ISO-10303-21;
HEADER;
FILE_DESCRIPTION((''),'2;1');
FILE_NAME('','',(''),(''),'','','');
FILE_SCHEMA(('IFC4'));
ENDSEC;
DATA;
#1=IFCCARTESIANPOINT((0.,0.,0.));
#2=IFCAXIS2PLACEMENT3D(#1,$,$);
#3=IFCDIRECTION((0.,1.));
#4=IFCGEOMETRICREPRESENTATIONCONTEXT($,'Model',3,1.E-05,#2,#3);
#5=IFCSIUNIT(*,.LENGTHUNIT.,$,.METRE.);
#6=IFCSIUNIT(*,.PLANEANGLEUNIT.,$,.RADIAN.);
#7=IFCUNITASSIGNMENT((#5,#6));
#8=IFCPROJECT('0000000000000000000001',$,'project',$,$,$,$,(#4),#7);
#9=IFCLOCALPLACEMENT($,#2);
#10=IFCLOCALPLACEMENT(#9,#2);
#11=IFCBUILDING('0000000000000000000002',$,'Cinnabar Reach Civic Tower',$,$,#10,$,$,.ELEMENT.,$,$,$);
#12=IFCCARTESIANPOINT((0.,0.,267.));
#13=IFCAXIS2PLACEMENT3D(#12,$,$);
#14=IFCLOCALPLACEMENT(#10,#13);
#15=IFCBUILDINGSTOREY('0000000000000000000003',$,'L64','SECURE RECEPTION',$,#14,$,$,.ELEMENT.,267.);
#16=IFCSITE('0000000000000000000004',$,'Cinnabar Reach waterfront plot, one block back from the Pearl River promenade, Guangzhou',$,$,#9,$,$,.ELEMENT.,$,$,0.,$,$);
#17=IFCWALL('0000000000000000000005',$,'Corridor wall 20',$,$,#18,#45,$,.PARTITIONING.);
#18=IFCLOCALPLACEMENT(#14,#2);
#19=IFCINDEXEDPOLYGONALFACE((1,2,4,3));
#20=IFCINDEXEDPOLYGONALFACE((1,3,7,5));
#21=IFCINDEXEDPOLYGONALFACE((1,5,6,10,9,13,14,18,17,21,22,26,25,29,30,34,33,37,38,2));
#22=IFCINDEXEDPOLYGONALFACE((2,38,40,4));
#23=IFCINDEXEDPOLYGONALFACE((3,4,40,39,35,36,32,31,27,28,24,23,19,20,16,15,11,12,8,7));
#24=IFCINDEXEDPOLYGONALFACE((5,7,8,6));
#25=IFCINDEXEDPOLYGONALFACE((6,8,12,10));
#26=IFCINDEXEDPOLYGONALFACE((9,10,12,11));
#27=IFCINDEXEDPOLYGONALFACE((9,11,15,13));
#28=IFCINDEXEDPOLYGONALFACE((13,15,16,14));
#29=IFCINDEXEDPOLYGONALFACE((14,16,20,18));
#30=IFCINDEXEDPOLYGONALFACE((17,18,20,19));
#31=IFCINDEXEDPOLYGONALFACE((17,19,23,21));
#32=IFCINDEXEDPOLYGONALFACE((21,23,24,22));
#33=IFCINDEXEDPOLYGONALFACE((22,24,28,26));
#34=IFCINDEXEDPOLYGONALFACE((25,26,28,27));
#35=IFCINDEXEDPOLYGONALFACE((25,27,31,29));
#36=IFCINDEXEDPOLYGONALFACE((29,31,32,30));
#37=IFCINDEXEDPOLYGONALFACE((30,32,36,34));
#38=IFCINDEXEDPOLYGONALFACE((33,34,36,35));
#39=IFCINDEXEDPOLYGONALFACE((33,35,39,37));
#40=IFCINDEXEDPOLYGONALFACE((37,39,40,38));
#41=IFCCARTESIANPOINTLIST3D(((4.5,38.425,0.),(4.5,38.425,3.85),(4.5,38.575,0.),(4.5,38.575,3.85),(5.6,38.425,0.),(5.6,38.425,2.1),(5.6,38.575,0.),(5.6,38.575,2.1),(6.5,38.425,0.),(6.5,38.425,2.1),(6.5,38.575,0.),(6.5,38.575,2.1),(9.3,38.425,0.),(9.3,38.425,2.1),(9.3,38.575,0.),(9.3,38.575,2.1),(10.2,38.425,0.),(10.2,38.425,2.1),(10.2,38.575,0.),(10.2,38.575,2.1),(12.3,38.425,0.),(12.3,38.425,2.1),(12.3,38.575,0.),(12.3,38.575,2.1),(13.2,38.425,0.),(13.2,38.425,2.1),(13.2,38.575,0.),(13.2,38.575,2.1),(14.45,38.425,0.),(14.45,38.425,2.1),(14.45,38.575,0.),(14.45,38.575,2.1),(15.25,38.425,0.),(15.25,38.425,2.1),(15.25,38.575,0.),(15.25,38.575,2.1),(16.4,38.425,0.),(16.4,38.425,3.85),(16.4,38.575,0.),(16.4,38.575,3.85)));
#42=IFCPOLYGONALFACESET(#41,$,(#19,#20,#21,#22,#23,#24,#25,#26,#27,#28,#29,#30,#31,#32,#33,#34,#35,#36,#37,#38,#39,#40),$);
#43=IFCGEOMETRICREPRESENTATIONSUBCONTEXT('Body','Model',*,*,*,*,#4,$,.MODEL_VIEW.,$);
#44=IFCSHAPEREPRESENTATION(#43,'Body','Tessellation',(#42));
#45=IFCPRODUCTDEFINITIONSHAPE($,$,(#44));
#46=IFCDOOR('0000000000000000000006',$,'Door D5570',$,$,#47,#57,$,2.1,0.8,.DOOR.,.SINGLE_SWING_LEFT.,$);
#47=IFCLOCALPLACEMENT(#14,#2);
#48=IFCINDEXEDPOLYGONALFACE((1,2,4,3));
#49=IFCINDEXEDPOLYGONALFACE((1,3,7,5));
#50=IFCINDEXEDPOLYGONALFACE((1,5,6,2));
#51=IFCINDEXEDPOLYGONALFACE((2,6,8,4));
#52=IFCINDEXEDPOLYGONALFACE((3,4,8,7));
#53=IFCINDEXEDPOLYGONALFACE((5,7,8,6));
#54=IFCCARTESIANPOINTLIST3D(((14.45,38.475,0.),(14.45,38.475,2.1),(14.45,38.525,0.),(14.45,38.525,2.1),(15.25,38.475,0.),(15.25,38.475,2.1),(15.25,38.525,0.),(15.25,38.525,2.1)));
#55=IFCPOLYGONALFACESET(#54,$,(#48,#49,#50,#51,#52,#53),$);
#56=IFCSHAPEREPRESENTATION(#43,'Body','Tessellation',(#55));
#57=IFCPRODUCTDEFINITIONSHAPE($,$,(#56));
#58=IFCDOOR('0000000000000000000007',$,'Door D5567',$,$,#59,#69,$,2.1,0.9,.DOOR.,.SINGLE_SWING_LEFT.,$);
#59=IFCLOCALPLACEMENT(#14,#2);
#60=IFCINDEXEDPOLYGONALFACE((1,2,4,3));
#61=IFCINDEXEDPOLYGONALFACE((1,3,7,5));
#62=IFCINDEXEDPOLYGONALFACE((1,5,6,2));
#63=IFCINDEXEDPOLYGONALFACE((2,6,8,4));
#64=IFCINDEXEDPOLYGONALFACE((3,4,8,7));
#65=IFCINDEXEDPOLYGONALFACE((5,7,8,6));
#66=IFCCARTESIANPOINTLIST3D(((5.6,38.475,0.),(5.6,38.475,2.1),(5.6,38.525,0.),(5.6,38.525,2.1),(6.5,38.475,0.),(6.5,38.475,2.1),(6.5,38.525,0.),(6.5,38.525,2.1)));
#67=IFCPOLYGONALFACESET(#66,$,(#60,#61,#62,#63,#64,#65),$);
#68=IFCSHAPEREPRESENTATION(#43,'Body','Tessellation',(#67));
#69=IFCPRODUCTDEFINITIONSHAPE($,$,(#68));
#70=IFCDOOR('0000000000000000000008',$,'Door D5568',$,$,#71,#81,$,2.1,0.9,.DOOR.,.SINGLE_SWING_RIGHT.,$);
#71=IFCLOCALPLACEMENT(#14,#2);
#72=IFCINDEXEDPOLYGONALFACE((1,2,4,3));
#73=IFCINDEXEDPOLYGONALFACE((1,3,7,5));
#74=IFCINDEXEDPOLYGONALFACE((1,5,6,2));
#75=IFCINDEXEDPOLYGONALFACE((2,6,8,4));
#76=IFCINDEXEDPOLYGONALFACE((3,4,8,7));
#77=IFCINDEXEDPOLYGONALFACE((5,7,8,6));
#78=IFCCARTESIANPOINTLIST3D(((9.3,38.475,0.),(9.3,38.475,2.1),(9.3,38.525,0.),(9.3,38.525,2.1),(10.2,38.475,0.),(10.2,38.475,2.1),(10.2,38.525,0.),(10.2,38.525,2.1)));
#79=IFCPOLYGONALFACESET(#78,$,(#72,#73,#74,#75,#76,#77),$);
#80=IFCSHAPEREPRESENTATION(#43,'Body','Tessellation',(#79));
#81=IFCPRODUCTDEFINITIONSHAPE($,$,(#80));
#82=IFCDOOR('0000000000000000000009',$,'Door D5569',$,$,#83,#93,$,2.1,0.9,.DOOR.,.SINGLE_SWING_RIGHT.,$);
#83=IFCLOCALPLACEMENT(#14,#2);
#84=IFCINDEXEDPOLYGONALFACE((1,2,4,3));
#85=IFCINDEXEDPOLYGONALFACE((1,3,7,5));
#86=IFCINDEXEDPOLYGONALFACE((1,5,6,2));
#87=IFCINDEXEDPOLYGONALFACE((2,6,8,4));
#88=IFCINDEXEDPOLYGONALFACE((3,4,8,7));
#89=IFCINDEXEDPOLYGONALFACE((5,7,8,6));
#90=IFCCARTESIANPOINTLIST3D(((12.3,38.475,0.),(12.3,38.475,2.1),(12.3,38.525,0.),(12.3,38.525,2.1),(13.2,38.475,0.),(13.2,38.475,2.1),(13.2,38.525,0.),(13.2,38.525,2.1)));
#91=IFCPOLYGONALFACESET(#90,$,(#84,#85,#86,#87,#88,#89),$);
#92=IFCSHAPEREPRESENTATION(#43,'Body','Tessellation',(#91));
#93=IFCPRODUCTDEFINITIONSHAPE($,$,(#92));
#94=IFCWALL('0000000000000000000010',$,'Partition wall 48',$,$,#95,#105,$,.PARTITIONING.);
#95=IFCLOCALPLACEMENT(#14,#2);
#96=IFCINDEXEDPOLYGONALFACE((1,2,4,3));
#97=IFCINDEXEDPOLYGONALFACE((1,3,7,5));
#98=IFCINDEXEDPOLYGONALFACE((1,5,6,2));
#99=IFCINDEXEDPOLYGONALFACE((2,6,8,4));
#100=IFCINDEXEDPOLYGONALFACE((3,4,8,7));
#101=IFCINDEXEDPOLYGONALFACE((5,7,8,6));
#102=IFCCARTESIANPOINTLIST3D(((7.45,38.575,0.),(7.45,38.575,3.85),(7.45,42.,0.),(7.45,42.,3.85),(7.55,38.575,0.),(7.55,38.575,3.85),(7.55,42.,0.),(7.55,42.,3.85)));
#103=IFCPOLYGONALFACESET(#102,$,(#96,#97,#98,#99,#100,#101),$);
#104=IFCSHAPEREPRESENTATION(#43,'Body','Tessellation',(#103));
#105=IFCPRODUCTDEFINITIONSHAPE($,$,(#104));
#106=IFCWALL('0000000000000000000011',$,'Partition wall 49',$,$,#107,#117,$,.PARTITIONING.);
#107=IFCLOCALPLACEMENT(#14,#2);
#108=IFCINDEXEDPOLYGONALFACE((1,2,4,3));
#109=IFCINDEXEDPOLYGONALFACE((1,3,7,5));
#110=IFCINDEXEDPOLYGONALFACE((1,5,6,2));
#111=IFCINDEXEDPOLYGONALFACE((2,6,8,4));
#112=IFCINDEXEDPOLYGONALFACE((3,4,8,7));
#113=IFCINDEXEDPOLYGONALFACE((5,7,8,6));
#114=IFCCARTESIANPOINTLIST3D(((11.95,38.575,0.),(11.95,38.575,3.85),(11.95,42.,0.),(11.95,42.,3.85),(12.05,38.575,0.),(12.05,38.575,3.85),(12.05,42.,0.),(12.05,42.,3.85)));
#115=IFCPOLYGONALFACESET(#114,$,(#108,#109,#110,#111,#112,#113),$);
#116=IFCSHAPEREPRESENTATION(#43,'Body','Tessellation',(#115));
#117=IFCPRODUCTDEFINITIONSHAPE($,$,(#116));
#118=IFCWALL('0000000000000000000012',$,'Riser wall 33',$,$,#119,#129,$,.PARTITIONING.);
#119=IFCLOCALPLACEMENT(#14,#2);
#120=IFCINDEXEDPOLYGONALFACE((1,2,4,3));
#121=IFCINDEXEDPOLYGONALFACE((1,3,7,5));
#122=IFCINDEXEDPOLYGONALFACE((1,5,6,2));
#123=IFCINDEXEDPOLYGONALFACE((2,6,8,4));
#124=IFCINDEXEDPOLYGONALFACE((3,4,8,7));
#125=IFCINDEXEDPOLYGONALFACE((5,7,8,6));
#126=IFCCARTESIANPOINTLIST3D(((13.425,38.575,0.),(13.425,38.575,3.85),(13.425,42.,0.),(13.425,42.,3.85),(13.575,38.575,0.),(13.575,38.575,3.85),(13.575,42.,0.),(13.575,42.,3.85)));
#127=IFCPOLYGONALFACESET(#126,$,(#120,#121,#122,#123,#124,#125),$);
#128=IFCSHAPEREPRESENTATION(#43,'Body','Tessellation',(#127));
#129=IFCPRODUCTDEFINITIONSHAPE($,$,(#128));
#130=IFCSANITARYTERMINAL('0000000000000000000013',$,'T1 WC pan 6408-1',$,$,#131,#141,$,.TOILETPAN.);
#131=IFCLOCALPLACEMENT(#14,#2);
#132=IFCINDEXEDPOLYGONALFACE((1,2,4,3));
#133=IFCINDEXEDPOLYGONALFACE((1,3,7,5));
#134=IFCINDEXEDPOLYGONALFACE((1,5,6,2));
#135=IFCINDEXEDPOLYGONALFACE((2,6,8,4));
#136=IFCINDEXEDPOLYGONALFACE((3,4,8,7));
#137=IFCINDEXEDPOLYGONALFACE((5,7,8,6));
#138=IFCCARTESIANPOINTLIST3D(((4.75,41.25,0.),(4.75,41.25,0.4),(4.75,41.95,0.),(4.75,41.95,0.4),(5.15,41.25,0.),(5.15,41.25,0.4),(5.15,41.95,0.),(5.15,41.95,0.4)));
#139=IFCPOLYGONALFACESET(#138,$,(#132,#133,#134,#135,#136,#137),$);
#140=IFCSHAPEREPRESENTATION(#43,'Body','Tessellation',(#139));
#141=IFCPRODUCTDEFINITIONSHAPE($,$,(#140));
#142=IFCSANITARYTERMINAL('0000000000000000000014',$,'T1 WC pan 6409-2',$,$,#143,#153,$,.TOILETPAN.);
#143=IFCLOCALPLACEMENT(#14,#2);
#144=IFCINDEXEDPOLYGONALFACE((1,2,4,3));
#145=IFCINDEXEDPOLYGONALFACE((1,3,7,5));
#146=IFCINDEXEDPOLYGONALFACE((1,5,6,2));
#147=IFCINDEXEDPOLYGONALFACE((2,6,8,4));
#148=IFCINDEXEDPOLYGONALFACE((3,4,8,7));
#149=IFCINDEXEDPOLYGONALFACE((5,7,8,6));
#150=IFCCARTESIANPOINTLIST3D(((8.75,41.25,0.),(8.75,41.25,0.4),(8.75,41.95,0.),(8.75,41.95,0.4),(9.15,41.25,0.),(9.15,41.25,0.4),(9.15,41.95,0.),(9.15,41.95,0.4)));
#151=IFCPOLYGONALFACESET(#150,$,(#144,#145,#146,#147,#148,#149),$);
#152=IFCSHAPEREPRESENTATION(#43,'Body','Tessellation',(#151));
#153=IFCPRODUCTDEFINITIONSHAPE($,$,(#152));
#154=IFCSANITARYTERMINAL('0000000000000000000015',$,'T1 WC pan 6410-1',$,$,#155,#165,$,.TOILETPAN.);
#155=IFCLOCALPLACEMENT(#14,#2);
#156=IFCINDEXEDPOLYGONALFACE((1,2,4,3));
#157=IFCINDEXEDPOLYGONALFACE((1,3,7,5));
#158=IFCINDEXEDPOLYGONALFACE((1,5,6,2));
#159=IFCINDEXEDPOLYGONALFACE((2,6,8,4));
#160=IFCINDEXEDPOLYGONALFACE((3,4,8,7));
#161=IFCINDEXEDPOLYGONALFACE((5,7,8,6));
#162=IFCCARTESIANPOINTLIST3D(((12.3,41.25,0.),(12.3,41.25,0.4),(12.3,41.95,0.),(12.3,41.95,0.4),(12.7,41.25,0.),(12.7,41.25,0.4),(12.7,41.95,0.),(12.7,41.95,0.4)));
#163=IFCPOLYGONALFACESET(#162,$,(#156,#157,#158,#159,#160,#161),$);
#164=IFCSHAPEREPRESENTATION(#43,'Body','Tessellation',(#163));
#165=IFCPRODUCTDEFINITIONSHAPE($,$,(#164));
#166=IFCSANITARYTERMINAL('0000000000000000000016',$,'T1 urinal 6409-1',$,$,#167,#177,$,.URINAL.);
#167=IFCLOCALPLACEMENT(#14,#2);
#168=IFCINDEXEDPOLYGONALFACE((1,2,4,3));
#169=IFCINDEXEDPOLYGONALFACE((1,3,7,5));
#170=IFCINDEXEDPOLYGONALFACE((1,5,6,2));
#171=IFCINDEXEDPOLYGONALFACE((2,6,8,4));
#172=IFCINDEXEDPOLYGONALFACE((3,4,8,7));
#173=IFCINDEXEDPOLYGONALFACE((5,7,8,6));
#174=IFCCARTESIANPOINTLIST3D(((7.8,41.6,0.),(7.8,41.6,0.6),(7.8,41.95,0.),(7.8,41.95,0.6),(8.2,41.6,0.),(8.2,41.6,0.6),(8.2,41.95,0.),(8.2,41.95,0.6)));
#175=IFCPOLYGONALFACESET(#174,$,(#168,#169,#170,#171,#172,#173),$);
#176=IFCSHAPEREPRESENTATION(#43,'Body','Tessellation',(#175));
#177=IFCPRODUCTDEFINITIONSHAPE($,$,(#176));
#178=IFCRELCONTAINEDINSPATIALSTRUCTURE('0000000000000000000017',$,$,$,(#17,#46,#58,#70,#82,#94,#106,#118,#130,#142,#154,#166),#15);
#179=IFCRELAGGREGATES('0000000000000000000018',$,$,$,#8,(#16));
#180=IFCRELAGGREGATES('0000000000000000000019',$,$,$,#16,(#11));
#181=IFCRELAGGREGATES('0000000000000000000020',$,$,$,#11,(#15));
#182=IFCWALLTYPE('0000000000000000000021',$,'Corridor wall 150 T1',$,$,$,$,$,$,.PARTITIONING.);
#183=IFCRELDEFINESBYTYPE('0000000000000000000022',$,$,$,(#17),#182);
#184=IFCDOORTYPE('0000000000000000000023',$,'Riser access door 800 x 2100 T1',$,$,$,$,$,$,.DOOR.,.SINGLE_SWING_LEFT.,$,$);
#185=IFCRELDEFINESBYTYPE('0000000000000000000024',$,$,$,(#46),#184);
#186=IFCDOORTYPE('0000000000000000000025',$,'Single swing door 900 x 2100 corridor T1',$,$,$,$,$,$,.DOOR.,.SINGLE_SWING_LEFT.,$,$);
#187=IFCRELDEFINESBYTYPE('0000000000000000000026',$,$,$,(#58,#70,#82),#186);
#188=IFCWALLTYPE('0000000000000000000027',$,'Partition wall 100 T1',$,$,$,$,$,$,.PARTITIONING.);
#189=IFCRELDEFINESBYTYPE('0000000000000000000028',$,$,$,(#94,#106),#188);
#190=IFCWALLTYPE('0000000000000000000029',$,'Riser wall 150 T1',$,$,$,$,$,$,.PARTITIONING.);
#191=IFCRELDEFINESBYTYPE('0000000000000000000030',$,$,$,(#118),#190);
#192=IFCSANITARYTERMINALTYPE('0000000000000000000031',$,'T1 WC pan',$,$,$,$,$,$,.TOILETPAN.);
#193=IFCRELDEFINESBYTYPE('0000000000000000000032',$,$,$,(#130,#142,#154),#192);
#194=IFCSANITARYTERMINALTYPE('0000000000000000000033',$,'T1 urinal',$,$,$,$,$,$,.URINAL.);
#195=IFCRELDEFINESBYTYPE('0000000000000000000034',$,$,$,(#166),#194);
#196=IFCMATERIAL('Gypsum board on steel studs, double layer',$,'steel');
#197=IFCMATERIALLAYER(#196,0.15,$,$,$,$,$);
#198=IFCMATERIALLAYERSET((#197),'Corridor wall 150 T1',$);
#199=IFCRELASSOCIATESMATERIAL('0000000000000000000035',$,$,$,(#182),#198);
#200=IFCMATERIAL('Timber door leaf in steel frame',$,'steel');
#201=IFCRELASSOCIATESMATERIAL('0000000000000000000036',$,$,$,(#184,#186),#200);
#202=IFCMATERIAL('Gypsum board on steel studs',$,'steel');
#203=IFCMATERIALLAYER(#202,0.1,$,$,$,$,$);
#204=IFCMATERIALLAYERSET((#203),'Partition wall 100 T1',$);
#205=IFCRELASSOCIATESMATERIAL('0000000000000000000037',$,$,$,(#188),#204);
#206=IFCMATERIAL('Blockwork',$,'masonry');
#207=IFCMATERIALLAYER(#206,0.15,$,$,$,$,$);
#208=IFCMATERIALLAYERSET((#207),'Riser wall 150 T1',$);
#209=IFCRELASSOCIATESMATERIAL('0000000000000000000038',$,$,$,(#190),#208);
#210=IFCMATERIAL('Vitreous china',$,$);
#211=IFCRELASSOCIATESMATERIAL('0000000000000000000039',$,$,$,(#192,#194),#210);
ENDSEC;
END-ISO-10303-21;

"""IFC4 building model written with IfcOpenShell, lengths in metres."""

from ifc_helpers import new_model, si_unit, direction, frame, frame_2d, origin, origin_2d, place, context, subcontext, project, spatial, rectangle, extrude, material, layer, layer_set, type_object, element, fill, save


model = new_model("IFC4")

# Units and contexts
model_context = context("Model", 3, precision=1e-05, world=origin(), true_north=direction((0.0, 1.0)))
body_context = subcontext(model_context, "Body", "Model", "MODEL_VIEW")
ifc_project = project(units=[si_unit("LENGTHUNIT", "METRE"), si_unit("PLANEANGLEUNIT", "RADIAN")], contexts=[model_context])

# Site, building, storey
site_placement = place(None, origin())
site = spatial("IfcSite", under=ifc_project, at=site_placement, Name="Cinnabar Reach waterfront plot, one block back from the Pearl River promenade, Guangzhou", CompositionType="ELEMENT", RefElevation=0.0)
building_placement = place(site_placement, origin())
building = spatial("IfcBuilding", under=site, at=building_placement, Name="Cinnabar Reach Civic Tower", CompositionType="ELEMENT")
storey_placement = place(building_placement, frame((0.0, 0.0, 267.0)))
storey = spatial("IfcBuildingStorey", under=building, at=storey_placement, Name="L64", Description="SECURE RECEPTION", CompositionType="ELEMENT", Elevation=267.0)

# Wall, openings, doors
ifc_material_1 = material(Name="Gypsum board on steel studs, double layer", Category="steel")
ifc_layer_1 = layer(ifc_material_1, 0.15)
ifc_layer_set_1 = layer_set([ifc_layer_1], Name="Corridor wall 150 T1")
wall_type_1 = type_object("IfcWallType", Name="Corridor wall 150 T1", PredefinedType="PARTITIONING", material=ifc_layer_set_1)
wall_1_placement = place(storey_placement, frame((4.5, 38.5, 0.0), z_axis=(0.0, 0.0, 1.0), x_axis=(1.0, 0.0, 0.0)))
wall_1 = element("IfcWall", 1, at=wall_1_placement, inside=storey, type_object=wall_type_1, Name="Corridor wall 20", PredefinedType="PARTITIONING", context=body_context, shape_type="SweptSolid", body=[
    extrude(rectangle(XDim=11.9, YDim=0.15, at=frame_2d((5.95, 0.0))), origin(), (0.0, 0.0, 1.0), 3.85),
])
opening_1_placement = place(wall_1_placement, frame((1.1, 0.0, 0.0)))
opening_1 = element("IfcOpeningElement", 2, at=opening_1_placement, cuts=wall_1, PredefinedType="OPENING", context=body_context, shape_type="SweptSolid", body=[
    extrude(rectangle(XDim=0.9, YDim=2.1, at=frame_2d((0.45, 1.05))), frame((0.0, 0.085, 0.0), z_axis=(0.0, -1.0, 0.0), x_axis=(1.0, 0.0, 0.0)), (0.0, 0.0, 1.0), 0.17),
])
opening_2_placement = place(wall_1_placement, frame((4.8, 0.0, 0.0)))
opening_2 = element("IfcOpeningElement", 3, at=opening_2_placement, cuts=wall_1, PredefinedType="OPENING", context=body_context, shape_type="SweptSolid", body=[
    extrude(rectangle(XDim=0.9, YDim=2.1, at=frame_2d((0.45, 1.05))), frame((0.0, 0.085, 0.0), z_axis=(0.0, -1.0, 0.0), x_axis=(1.0, 0.0, 0.0)), (0.0, 0.0, 1.0), 0.17),
])
opening_3_placement = place(wall_1_placement, frame((7.8, 0.0, 0.0)))
opening_3 = element("IfcOpeningElement", 4, at=opening_3_placement, cuts=wall_1, PredefinedType="OPENING", context=body_context, shape_type="SweptSolid", body=[
    extrude(rectangle(XDim=0.9, YDim=2.1, at=frame_2d((0.45, 1.05))), frame((0.0, 0.085, 0.0), z_axis=(0.0, -1.0, 0.0), x_axis=(1.0, 0.0, 0.0)), (0.0, 0.0, 1.0), 0.17),
])
opening_4_placement = place(wall_1_placement, frame((9.95, 0.0, 0.0)))
opening_4 = element("IfcOpeningElement", 5, at=opening_4_placement, cuts=wall_1, PredefinedType="OPENING", context=body_context, shape_type="SweptSolid", body=[
    extrude(rectangle(XDim=0.8, YDim=2.1, at=frame_2d((0.4, 1.05))), frame((0.0, 0.085, 0.0), z_axis=(0.0, -1.0, 0.0), x_axis=(1.0, 0.0, 0.0)), (0.0, 0.0, 1.0), 0.17),
])
ifc_material_2 = material(Name="Timber door leaf in steel frame", Category="steel")
door_type_1 = type_object("IfcDoorType", Name="Riser access door 800 x 2100 T1", OperationType="SINGLE_SWING_LEFT", PredefinedType="DOOR", material=ifc_material_2)
door_1_placement = place(opening_4_placement, origin())
door_1 = element("IfcDoor", 6, at=door_1_placement, inside=storey, type_object=door_type_1, Name="Door D5570", OperationType="SINGLE_SWING_LEFT", OverallHeight=2.1, OverallWidth=0.8, PredefinedType="DOOR", context=body_context, shape_type="SweptSolid", body=[
    extrude(rectangle(XDim=0.8, YDim=2.1, at=frame_2d((0.4, 1.05))), frame((0.0, 0.025, 0.0), z_axis=(0.0, -1.0, 0.0), x_axis=(1.0, 0.0, 0.0)), (0.0, 0.0, 1.0), 0.05),
])
fill(opening_4, door_1)
door_type_2 = type_object("IfcDoorType", Name="Single swing door 900 x 2100 corridor T1", OperationType="SINGLE_SWING_LEFT", PredefinedType="DOOR", material=ifc_material_2)
door_2_placement = place(opening_1_placement, origin())
door_2 = element("IfcDoor", 7, at=door_2_placement, inside=storey, type_object=door_type_2, Name="Door D5567", OperationType="SINGLE_SWING_LEFT", OverallHeight=2.1, OverallWidth=0.9, PredefinedType="DOOR", context=body_context, shape_type="SweptSolid", body=[
    extrude(rectangle(XDim=0.9, YDim=2.1, at=frame_2d((0.45, 1.05))), frame((0.0, 0.025, 0.0), z_axis=(0.0, -1.0, 0.0), x_axis=(1.0, 0.0, 0.0)), (0.0, 0.0, 1.0), 0.05),
])
fill(opening_1, door_2)
door_3_placement = place(opening_2_placement, origin())
door_3 = element("IfcDoor", 8, at=door_3_placement, inside=storey, type_object=door_type_2, Name="Door D5568", OperationType="SINGLE_SWING_RIGHT", OverallHeight=2.1, OverallWidth=0.9, PredefinedType="DOOR", context=body_context, shape_type="SweptSolid", body=[
    extrude(rectangle(XDim=0.9, YDim=2.1, at=frame_2d((0.45, 1.05))), frame((0.0, 0.025, 0.0), z_axis=(0.0, -1.0, 0.0), x_axis=(1.0, 0.0, 0.0)), (0.0, 0.0, 1.0), 0.05),
])
fill(opening_2, door_3)
door_4_placement = place(opening_3_placement, origin())
door_4 = element("IfcDoor", 9, at=door_4_placement, inside=storey, type_object=door_type_2, Name="Door D5569", OperationType="SINGLE_SWING_RIGHT", OverallHeight=2.1, OverallWidth=0.9, PredefinedType="DOOR", context=body_context, shape_type="SweptSolid", body=[
    extrude(rectangle(XDim=0.9, YDim=2.1, at=frame_2d((0.45, 1.05))), frame((0.0, 0.025, 0.0), z_axis=(0.0, -1.0, 0.0), x_axis=(1.0, 0.0, 0.0)), (0.0, 0.0, 1.0), 0.05),
])
fill(opening_3, door_4)

# Walls
ifc_material_3 = material(Name="Gypsum board on steel studs", Category="steel")
ifc_layer_2 = layer(ifc_material_3, 0.1)
ifc_layer_set_2 = layer_set([ifc_layer_2], Name="Partition wall 100 T1")
wall_type_2 = type_object("IfcWallType", Name="Partition wall 100 T1", PredefinedType="PARTITIONING", material=ifc_layer_set_2)
for number, where, z_axis, x_axis, name in (
    (10, (7.5, 38.575, 0.0), (0.0, 0.0, 1.0), (0.0, 1.0, 0.0), "Partition wall 48"),
    (11, (12.0, 38.575, 0.0), (0.0, 0.0, 1.0), (0.0, 1.0, 0.0), "Partition wall 49"),
):
    element("IfcWall", number, at=place(storey_placement, frame(where, z_axis=z_axis, x_axis=x_axis)), inside=storey, type_object=wall_type_2, Name=name, PredefinedType="PARTITIONING", context=body_context, shape_type="SweptSolid", body=[
        extrude(rectangle(XDim=3.425, YDim=0.1, at=frame_2d((1.7125, 0.0))), origin(), (0.0, 0.0, 1.0), 3.85),
    ])
ifc_material_4 = material(Name="Blockwork", Category="masonry")
ifc_layer_3 = layer(ifc_material_4, 0.15)
ifc_layer_set_3 = layer_set([ifc_layer_3], Name="Riser wall 150 T1")
wall_type_3 = type_object("IfcWallType", Name="Riser wall 150 T1", PredefinedType="PARTITIONING", material=ifc_layer_set_3)
wall_2_placement = place(storey_placement, frame((13.5, 38.575, 0.0), z_axis=(0.0, 0.0, 1.0), x_axis=(0.0, 1.0, 0.0)))
element("IfcWall", 12, at=wall_2_placement, inside=storey, type_object=wall_type_3, Name="Riser wall 33", PredefinedType="PARTITIONING", context=body_context, shape_type="SweptSolid", body=[
    extrude(rectangle(XDim=3.425, YDim=0.15, at=frame_2d((1.7125, 0.0))), origin(), (0.0, 0.0, 1.0), 3.85),
])

# Sanitary terminals
ifc_material_5 = material(Name="Vitreous china")
sanitary_terminal_type_1 = type_object("IfcSanitaryTerminalType", Name="T1 WC pan", PredefinedType="TOILETPAN", material=ifc_material_5)
for number, where, z_axis, x_axis, name in (
    (13, (4.95, 41.6, 0.0), (0.0, 0.0, 1.0), (1.0, 0.0, 0.0), "T1 WC pan 6408-1"),
    (14, (8.95, 41.6, 0.0), (0.0, 0.0, 1.0), (1.0, 0.0, 0.0), "T1 WC pan 6409-2"),
    (15, (12.5, 41.6, 0.0), (0.0, 0.0, 1.0), (1.0, 0.0, 0.0), "T1 WC pan 6410-1"),
):
    element("IfcSanitaryTerminal", number, at=place(storey_placement, frame(where, z_axis=z_axis, x_axis=x_axis)), inside=storey, type_object=sanitary_terminal_type_1, Name=name, PredefinedType="TOILETPAN", context=body_context, shape_type="SweptSolid", body=[
        extrude(rectangle(XDim=0.4, YDim=0.7, at=origin_2d()), origin(), (0.0, 0.0, 1.0), 0.4),
    ])
sanitary_terminal_type_2 = type_object("IfcSanitaryTerminalType", Name="T1 urinal", PredefinedType="URINAL", material=ifc_material_5)
sanitary_terminal_placement = place(storey_placement, frame((8.0, 41.775, 0.0), z_axis=(0.0, 0.0, 1.0), x_axis=(1.0, 0.0, 0.0)))
element("IfcSanitaryTerminal", 16, at=sanitary_terminal_placement, inside=storey, type_object=sanitary_terminal_type_2, Name="T1 urinal 6409-1", PredefinedType="URINAL", context=body_context, shape_type="SweptSolid", body=[
    extrude(rectangle(XDim=0.4, YDim=0.35, at=origin_2d()), origin(), (0.0, 0.0, 1.0), 0.6),
])

save(model, "model.ifc")
